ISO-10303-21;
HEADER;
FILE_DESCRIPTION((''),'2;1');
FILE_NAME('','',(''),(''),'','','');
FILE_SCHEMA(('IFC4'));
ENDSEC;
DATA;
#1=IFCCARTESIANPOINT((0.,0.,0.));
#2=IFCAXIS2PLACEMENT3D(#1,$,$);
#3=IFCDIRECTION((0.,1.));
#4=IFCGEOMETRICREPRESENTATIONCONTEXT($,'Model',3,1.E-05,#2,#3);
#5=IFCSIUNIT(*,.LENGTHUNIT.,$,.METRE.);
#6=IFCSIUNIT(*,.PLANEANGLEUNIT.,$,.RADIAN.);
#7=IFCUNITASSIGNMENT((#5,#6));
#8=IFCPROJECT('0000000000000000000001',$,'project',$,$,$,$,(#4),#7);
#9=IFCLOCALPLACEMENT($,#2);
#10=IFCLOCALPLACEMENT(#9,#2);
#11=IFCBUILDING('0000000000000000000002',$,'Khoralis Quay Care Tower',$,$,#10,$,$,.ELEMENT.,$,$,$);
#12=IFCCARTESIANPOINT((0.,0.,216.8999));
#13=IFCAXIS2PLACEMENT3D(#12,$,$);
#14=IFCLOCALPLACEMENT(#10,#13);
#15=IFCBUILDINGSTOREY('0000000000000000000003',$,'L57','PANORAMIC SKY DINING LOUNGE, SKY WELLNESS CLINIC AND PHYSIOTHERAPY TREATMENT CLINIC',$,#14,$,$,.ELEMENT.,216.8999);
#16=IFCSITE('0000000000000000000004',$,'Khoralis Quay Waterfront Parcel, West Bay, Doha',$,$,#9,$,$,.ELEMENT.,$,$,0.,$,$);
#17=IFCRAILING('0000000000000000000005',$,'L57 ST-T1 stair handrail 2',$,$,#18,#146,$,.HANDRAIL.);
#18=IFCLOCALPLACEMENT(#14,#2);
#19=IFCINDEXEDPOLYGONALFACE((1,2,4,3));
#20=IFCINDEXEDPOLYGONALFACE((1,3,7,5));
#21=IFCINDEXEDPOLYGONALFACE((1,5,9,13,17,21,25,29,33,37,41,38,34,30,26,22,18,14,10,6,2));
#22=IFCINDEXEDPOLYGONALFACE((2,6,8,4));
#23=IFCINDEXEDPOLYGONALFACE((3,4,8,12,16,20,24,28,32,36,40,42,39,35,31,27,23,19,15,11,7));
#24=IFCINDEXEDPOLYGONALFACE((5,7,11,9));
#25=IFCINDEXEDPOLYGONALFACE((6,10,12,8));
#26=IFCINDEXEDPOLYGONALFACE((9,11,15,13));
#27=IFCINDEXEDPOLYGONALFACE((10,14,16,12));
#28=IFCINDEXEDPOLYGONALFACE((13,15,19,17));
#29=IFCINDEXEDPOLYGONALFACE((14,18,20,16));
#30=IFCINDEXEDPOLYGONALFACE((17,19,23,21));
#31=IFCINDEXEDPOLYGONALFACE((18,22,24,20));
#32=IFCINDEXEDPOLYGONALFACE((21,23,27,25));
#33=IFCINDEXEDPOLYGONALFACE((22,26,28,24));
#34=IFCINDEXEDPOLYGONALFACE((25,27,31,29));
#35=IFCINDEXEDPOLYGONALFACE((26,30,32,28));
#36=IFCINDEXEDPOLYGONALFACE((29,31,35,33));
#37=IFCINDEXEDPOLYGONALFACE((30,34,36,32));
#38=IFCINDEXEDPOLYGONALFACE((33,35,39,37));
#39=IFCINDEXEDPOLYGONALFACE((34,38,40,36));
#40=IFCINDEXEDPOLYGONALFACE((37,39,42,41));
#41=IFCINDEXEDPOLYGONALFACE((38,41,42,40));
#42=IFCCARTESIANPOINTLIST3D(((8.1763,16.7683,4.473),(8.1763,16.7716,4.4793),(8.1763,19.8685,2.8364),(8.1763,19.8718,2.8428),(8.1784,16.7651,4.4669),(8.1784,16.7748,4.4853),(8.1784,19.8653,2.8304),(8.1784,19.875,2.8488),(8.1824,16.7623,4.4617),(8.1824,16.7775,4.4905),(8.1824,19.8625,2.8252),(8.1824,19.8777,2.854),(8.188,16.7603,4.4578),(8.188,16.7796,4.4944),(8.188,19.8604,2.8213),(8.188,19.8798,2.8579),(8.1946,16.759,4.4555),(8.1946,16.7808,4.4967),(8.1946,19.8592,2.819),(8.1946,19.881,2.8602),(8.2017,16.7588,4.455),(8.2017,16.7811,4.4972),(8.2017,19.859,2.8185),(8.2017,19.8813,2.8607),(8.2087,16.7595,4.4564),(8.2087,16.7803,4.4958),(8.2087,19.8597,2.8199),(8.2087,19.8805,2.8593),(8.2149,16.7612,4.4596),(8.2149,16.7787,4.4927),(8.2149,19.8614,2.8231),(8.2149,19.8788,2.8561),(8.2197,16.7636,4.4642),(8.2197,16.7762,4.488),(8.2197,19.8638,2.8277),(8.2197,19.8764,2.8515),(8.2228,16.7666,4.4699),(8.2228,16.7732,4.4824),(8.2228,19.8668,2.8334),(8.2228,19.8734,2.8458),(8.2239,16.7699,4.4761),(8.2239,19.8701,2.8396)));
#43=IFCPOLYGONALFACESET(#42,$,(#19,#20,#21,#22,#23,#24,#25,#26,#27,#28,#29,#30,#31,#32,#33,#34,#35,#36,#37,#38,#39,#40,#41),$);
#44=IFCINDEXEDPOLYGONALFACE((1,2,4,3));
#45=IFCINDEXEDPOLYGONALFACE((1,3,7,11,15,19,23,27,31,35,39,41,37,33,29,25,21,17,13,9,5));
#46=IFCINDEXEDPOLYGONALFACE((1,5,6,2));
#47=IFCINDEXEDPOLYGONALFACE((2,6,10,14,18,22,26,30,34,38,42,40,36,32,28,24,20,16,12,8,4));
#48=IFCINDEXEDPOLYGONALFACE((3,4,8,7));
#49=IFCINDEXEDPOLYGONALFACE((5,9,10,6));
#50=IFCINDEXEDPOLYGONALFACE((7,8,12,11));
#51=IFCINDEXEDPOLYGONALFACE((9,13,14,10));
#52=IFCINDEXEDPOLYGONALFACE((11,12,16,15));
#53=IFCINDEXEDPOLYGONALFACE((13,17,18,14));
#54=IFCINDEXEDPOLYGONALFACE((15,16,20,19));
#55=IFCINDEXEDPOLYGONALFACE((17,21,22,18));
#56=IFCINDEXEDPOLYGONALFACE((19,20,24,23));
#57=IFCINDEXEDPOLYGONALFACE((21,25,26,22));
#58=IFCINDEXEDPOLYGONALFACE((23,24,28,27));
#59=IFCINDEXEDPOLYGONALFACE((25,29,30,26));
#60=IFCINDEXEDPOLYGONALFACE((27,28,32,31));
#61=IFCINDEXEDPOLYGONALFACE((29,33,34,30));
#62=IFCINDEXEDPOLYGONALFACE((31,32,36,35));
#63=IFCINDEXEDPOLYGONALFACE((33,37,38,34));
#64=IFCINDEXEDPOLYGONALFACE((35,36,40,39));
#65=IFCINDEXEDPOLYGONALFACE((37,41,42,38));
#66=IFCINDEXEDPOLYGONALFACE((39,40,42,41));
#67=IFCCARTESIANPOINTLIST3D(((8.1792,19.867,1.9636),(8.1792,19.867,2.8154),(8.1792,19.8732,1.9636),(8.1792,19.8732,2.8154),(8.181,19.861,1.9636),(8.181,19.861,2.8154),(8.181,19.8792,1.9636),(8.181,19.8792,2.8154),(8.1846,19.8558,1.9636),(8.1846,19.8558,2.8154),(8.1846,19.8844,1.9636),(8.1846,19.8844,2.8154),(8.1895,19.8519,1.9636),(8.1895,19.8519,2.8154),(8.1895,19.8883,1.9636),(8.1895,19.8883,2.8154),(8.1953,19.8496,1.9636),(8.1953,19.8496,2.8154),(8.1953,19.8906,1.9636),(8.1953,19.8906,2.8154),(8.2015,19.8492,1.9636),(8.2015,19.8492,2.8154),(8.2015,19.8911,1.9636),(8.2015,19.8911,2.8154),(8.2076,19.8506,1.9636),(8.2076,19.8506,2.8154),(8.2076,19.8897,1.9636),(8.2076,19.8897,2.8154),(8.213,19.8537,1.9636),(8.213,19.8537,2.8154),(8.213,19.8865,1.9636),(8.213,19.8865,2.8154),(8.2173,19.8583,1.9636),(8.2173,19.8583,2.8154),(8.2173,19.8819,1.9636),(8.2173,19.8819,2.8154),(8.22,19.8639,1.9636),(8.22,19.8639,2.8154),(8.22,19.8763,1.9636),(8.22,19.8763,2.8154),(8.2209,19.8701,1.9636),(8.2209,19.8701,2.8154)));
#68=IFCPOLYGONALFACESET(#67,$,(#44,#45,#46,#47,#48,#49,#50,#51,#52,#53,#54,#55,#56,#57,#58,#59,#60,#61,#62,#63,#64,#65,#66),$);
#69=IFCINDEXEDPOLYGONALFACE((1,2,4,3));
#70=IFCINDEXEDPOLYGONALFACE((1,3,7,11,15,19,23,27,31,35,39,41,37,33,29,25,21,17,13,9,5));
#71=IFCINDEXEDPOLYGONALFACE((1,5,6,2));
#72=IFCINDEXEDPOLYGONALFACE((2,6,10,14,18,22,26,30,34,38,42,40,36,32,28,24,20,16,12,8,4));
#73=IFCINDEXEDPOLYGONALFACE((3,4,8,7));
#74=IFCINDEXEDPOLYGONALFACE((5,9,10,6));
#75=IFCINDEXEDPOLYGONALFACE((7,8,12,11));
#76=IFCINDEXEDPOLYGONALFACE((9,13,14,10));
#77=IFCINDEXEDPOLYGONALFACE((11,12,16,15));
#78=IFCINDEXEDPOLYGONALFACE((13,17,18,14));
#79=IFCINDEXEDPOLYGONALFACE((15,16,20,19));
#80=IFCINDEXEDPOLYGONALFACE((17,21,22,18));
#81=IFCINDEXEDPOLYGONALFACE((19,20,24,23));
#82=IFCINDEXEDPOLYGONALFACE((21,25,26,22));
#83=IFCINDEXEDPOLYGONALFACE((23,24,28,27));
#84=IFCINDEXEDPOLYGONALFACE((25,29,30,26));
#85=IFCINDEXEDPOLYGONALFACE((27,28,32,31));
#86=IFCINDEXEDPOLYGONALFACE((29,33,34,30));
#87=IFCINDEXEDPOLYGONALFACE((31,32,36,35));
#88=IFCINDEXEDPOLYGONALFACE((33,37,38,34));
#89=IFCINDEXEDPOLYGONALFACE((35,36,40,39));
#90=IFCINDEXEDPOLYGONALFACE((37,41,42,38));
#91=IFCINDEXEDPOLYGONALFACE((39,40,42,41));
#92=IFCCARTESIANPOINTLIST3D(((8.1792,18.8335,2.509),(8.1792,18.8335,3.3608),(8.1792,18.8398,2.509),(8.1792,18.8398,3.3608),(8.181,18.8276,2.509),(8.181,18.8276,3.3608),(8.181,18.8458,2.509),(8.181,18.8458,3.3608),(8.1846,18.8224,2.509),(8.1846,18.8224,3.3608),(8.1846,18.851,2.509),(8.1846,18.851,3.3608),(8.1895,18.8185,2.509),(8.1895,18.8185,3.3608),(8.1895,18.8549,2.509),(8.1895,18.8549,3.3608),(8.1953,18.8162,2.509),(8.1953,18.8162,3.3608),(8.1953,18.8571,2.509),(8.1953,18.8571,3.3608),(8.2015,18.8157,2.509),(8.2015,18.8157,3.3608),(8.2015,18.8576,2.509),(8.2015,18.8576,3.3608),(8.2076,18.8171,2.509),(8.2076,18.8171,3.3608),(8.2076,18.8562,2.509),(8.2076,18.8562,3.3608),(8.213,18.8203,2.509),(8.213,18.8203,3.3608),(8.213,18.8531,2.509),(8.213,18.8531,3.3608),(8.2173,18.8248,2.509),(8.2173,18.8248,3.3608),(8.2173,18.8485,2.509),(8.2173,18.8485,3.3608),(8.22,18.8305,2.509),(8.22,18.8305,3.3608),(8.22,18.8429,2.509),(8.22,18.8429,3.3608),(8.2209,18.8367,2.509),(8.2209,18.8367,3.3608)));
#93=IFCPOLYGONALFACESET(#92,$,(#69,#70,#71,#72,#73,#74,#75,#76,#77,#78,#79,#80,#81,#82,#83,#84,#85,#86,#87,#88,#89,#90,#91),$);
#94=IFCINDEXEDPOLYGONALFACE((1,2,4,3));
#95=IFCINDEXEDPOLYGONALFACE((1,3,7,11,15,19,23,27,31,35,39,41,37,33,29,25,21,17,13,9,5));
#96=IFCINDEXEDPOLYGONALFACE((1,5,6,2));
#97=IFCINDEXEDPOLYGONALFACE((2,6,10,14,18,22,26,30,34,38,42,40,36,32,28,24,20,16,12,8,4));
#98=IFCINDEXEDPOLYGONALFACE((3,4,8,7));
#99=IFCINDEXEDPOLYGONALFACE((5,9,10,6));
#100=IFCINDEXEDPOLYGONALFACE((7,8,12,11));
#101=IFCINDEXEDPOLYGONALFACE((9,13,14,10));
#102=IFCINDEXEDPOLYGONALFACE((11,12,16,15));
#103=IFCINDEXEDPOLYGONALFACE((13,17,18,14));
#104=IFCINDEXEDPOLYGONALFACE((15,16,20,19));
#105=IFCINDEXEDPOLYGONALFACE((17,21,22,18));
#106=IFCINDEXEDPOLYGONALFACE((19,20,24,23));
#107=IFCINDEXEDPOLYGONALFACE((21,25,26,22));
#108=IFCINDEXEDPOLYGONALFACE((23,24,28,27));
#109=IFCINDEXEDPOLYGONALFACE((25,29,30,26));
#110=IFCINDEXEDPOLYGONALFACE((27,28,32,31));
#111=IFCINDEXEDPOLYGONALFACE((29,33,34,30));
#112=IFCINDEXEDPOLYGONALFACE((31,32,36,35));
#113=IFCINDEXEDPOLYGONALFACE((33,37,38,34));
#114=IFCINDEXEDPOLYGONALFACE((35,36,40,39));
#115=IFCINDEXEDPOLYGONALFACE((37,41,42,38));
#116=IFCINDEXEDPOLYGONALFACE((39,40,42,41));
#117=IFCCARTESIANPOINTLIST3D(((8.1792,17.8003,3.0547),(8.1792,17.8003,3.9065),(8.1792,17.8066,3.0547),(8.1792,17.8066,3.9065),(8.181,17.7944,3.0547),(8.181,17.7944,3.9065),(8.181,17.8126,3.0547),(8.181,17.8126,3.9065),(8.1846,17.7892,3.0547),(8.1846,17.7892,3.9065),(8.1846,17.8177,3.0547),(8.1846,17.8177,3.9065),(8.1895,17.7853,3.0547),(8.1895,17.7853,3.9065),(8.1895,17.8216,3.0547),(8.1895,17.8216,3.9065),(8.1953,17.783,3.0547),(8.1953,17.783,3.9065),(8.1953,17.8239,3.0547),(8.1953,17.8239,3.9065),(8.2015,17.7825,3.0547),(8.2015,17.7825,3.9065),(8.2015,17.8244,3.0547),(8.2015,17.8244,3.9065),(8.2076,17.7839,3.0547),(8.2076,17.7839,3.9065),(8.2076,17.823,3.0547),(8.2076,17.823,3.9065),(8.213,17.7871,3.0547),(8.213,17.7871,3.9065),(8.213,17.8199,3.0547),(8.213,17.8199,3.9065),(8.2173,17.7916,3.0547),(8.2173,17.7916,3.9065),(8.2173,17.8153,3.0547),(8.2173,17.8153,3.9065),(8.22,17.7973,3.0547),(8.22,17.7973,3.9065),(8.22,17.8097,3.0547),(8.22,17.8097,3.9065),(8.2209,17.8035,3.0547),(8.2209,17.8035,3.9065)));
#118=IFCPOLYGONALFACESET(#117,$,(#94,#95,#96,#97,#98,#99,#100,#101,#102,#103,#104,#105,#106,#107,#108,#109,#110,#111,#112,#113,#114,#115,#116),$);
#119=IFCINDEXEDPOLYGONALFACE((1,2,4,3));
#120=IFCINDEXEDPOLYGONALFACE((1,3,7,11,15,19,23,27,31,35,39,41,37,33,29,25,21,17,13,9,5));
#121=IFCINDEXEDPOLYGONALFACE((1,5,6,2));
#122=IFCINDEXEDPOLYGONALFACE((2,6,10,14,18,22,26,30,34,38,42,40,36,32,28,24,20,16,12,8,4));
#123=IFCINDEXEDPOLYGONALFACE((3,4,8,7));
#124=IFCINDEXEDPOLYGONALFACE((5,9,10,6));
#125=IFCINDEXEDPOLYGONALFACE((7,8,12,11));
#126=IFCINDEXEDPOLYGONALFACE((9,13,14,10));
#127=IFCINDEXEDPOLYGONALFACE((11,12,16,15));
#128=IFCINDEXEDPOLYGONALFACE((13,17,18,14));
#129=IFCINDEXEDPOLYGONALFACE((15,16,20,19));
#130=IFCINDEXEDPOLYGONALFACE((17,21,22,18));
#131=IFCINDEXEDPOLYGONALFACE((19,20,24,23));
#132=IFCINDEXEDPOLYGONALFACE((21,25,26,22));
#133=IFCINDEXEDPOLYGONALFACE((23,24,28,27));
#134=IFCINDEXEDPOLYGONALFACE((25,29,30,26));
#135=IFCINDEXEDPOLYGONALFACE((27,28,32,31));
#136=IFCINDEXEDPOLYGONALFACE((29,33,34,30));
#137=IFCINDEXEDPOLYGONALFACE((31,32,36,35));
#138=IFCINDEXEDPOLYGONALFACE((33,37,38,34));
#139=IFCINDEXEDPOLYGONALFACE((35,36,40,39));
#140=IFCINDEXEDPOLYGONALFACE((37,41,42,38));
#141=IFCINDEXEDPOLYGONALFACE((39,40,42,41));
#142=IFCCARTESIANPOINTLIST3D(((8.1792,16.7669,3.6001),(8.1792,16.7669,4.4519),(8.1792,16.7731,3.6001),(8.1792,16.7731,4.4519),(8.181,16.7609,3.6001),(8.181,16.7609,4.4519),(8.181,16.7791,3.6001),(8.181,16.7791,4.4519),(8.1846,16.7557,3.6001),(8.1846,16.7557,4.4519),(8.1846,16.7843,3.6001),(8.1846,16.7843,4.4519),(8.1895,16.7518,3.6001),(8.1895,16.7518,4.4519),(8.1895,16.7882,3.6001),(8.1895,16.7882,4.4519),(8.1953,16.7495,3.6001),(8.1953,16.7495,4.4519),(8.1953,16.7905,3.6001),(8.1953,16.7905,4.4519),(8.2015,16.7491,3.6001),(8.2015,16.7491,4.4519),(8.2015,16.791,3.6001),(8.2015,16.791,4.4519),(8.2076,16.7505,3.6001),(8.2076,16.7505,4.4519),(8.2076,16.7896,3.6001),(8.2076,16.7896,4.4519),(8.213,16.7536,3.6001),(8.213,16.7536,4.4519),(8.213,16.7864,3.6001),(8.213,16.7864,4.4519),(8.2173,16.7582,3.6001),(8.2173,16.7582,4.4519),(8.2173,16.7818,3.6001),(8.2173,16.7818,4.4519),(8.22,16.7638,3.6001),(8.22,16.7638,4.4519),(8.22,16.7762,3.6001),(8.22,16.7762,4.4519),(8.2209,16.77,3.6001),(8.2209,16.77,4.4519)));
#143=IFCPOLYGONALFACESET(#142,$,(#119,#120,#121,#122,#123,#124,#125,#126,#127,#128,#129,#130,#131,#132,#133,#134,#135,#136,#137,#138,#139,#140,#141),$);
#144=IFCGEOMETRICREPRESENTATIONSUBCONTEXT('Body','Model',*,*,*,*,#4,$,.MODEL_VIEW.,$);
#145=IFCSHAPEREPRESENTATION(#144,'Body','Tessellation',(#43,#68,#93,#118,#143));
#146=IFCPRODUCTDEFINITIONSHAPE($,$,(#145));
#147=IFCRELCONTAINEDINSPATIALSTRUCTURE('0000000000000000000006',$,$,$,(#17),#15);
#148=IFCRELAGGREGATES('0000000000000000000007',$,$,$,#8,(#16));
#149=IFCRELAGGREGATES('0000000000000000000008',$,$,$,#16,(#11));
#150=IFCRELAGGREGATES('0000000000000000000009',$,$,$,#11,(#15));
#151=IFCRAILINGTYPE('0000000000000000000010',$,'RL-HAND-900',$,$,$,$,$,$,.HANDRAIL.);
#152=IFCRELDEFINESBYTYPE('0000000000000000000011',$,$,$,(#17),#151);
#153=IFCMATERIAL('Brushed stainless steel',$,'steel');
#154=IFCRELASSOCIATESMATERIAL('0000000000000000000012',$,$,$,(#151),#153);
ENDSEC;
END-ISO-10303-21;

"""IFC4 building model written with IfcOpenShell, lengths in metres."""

from ifc_helpers import new_model, si_unit, direction, frame, origin, origin_2d, place, context, subcontext, project, spatial, circle, extrude, material, type_object, element, save


model = new_model("IFC4")

# Units and contexts
model_context = context("Model", 3, precision=1e-05, world=origin(), true_north=direction((0.0, 1.0)))
body_context = subcontext(model_context, "Body", "Model", "MODEL_VIEW")
ifc_project = project(units=[si_unit("LENGTHUNIT", "METRE"), si_unit("PLANEANGLEUNIT", "RADIAN")], contexts=[model_context])

# Site, building, storey
site_placement = place(None, origin())
site = spatial("IfcSite", under=ifc_project, at=site_placement, Name="Khoralis Quay Waterfront Parcel, West Bay, Doha", CompositionType="ELEMENT", RefElevation=0.0)
building_placement = place(site_placement, origin())
building = spatial("IfcBuilding", under=site, at=building_placement, Name="Khoralis Quay Care Tower", CompositionType="ELEMENT")
storey_placement = place(building_placement, frame((0.0, 0.0, 216.8999)))
storey = spatial("IfcBuildingStorey", under=building, at=storey_placement, Name="L57", Description="PANORAMIC SKY DINING LOUNGE, SKY WELLNESS CLINIC AND PHYSIOTHERAPY TREATMENT CLINIC", CompositionType="ELEMENT", Elevation=216.8999)

# Shared definitions
ifc_material_1 = material(Name="Brushed stainless steel", Category="steel")

# Railing
railing_type_1 = type_object("IfcRailingType", Name="RL-HAND-900", PredefinedType="HANDRAIL", material=ifc_material_1)
railing_1_placement = place(storey_placement, frame((8.2, 19.8701, 1.9636)))
element("IfcRailing", 1, at=railing_1_placement, inside=storey, type_object=railing_type_1, Name="L57 ST-T1 stair handrail 2", PredefinedType="HANDRAIL", context=body_context, shape_type="SweptSolid", body=[
    extrude(circle(Radius=0.0239, at=origin_2d()), frame((0.0, 0.0, 0.876), z_axis=(0.0, -0.884348, 0.466828), x_axis=(1.0, 0.0, 0.0)), (0.0, 0.0, 1.0), 3.5056),
    extrude(circle(Radius=0.021, at=origin_2d()), origin(), (0.0, 0.0, 1.0), 0.8518),
    extrude(circle(Radius=0.021, at=origin_2d()), frame((0.0, -1.0334, 0.5454)), (0.0, 0.0, 1.0), 0.8518),
    extrude(circle(Radius=0.021, at=origin_2d()), frame((0.0, -2.0667, 1.0911)), (0.0, 0.0, 1.0), 0.8518),
    extrude(circle(Radius=0.021, at=origin_2d()), frame((0.0, -3.1001, 1.6365)), (0.0, 0.0, 1.0), 0.8518),
])

save(model, "model.ifc")
